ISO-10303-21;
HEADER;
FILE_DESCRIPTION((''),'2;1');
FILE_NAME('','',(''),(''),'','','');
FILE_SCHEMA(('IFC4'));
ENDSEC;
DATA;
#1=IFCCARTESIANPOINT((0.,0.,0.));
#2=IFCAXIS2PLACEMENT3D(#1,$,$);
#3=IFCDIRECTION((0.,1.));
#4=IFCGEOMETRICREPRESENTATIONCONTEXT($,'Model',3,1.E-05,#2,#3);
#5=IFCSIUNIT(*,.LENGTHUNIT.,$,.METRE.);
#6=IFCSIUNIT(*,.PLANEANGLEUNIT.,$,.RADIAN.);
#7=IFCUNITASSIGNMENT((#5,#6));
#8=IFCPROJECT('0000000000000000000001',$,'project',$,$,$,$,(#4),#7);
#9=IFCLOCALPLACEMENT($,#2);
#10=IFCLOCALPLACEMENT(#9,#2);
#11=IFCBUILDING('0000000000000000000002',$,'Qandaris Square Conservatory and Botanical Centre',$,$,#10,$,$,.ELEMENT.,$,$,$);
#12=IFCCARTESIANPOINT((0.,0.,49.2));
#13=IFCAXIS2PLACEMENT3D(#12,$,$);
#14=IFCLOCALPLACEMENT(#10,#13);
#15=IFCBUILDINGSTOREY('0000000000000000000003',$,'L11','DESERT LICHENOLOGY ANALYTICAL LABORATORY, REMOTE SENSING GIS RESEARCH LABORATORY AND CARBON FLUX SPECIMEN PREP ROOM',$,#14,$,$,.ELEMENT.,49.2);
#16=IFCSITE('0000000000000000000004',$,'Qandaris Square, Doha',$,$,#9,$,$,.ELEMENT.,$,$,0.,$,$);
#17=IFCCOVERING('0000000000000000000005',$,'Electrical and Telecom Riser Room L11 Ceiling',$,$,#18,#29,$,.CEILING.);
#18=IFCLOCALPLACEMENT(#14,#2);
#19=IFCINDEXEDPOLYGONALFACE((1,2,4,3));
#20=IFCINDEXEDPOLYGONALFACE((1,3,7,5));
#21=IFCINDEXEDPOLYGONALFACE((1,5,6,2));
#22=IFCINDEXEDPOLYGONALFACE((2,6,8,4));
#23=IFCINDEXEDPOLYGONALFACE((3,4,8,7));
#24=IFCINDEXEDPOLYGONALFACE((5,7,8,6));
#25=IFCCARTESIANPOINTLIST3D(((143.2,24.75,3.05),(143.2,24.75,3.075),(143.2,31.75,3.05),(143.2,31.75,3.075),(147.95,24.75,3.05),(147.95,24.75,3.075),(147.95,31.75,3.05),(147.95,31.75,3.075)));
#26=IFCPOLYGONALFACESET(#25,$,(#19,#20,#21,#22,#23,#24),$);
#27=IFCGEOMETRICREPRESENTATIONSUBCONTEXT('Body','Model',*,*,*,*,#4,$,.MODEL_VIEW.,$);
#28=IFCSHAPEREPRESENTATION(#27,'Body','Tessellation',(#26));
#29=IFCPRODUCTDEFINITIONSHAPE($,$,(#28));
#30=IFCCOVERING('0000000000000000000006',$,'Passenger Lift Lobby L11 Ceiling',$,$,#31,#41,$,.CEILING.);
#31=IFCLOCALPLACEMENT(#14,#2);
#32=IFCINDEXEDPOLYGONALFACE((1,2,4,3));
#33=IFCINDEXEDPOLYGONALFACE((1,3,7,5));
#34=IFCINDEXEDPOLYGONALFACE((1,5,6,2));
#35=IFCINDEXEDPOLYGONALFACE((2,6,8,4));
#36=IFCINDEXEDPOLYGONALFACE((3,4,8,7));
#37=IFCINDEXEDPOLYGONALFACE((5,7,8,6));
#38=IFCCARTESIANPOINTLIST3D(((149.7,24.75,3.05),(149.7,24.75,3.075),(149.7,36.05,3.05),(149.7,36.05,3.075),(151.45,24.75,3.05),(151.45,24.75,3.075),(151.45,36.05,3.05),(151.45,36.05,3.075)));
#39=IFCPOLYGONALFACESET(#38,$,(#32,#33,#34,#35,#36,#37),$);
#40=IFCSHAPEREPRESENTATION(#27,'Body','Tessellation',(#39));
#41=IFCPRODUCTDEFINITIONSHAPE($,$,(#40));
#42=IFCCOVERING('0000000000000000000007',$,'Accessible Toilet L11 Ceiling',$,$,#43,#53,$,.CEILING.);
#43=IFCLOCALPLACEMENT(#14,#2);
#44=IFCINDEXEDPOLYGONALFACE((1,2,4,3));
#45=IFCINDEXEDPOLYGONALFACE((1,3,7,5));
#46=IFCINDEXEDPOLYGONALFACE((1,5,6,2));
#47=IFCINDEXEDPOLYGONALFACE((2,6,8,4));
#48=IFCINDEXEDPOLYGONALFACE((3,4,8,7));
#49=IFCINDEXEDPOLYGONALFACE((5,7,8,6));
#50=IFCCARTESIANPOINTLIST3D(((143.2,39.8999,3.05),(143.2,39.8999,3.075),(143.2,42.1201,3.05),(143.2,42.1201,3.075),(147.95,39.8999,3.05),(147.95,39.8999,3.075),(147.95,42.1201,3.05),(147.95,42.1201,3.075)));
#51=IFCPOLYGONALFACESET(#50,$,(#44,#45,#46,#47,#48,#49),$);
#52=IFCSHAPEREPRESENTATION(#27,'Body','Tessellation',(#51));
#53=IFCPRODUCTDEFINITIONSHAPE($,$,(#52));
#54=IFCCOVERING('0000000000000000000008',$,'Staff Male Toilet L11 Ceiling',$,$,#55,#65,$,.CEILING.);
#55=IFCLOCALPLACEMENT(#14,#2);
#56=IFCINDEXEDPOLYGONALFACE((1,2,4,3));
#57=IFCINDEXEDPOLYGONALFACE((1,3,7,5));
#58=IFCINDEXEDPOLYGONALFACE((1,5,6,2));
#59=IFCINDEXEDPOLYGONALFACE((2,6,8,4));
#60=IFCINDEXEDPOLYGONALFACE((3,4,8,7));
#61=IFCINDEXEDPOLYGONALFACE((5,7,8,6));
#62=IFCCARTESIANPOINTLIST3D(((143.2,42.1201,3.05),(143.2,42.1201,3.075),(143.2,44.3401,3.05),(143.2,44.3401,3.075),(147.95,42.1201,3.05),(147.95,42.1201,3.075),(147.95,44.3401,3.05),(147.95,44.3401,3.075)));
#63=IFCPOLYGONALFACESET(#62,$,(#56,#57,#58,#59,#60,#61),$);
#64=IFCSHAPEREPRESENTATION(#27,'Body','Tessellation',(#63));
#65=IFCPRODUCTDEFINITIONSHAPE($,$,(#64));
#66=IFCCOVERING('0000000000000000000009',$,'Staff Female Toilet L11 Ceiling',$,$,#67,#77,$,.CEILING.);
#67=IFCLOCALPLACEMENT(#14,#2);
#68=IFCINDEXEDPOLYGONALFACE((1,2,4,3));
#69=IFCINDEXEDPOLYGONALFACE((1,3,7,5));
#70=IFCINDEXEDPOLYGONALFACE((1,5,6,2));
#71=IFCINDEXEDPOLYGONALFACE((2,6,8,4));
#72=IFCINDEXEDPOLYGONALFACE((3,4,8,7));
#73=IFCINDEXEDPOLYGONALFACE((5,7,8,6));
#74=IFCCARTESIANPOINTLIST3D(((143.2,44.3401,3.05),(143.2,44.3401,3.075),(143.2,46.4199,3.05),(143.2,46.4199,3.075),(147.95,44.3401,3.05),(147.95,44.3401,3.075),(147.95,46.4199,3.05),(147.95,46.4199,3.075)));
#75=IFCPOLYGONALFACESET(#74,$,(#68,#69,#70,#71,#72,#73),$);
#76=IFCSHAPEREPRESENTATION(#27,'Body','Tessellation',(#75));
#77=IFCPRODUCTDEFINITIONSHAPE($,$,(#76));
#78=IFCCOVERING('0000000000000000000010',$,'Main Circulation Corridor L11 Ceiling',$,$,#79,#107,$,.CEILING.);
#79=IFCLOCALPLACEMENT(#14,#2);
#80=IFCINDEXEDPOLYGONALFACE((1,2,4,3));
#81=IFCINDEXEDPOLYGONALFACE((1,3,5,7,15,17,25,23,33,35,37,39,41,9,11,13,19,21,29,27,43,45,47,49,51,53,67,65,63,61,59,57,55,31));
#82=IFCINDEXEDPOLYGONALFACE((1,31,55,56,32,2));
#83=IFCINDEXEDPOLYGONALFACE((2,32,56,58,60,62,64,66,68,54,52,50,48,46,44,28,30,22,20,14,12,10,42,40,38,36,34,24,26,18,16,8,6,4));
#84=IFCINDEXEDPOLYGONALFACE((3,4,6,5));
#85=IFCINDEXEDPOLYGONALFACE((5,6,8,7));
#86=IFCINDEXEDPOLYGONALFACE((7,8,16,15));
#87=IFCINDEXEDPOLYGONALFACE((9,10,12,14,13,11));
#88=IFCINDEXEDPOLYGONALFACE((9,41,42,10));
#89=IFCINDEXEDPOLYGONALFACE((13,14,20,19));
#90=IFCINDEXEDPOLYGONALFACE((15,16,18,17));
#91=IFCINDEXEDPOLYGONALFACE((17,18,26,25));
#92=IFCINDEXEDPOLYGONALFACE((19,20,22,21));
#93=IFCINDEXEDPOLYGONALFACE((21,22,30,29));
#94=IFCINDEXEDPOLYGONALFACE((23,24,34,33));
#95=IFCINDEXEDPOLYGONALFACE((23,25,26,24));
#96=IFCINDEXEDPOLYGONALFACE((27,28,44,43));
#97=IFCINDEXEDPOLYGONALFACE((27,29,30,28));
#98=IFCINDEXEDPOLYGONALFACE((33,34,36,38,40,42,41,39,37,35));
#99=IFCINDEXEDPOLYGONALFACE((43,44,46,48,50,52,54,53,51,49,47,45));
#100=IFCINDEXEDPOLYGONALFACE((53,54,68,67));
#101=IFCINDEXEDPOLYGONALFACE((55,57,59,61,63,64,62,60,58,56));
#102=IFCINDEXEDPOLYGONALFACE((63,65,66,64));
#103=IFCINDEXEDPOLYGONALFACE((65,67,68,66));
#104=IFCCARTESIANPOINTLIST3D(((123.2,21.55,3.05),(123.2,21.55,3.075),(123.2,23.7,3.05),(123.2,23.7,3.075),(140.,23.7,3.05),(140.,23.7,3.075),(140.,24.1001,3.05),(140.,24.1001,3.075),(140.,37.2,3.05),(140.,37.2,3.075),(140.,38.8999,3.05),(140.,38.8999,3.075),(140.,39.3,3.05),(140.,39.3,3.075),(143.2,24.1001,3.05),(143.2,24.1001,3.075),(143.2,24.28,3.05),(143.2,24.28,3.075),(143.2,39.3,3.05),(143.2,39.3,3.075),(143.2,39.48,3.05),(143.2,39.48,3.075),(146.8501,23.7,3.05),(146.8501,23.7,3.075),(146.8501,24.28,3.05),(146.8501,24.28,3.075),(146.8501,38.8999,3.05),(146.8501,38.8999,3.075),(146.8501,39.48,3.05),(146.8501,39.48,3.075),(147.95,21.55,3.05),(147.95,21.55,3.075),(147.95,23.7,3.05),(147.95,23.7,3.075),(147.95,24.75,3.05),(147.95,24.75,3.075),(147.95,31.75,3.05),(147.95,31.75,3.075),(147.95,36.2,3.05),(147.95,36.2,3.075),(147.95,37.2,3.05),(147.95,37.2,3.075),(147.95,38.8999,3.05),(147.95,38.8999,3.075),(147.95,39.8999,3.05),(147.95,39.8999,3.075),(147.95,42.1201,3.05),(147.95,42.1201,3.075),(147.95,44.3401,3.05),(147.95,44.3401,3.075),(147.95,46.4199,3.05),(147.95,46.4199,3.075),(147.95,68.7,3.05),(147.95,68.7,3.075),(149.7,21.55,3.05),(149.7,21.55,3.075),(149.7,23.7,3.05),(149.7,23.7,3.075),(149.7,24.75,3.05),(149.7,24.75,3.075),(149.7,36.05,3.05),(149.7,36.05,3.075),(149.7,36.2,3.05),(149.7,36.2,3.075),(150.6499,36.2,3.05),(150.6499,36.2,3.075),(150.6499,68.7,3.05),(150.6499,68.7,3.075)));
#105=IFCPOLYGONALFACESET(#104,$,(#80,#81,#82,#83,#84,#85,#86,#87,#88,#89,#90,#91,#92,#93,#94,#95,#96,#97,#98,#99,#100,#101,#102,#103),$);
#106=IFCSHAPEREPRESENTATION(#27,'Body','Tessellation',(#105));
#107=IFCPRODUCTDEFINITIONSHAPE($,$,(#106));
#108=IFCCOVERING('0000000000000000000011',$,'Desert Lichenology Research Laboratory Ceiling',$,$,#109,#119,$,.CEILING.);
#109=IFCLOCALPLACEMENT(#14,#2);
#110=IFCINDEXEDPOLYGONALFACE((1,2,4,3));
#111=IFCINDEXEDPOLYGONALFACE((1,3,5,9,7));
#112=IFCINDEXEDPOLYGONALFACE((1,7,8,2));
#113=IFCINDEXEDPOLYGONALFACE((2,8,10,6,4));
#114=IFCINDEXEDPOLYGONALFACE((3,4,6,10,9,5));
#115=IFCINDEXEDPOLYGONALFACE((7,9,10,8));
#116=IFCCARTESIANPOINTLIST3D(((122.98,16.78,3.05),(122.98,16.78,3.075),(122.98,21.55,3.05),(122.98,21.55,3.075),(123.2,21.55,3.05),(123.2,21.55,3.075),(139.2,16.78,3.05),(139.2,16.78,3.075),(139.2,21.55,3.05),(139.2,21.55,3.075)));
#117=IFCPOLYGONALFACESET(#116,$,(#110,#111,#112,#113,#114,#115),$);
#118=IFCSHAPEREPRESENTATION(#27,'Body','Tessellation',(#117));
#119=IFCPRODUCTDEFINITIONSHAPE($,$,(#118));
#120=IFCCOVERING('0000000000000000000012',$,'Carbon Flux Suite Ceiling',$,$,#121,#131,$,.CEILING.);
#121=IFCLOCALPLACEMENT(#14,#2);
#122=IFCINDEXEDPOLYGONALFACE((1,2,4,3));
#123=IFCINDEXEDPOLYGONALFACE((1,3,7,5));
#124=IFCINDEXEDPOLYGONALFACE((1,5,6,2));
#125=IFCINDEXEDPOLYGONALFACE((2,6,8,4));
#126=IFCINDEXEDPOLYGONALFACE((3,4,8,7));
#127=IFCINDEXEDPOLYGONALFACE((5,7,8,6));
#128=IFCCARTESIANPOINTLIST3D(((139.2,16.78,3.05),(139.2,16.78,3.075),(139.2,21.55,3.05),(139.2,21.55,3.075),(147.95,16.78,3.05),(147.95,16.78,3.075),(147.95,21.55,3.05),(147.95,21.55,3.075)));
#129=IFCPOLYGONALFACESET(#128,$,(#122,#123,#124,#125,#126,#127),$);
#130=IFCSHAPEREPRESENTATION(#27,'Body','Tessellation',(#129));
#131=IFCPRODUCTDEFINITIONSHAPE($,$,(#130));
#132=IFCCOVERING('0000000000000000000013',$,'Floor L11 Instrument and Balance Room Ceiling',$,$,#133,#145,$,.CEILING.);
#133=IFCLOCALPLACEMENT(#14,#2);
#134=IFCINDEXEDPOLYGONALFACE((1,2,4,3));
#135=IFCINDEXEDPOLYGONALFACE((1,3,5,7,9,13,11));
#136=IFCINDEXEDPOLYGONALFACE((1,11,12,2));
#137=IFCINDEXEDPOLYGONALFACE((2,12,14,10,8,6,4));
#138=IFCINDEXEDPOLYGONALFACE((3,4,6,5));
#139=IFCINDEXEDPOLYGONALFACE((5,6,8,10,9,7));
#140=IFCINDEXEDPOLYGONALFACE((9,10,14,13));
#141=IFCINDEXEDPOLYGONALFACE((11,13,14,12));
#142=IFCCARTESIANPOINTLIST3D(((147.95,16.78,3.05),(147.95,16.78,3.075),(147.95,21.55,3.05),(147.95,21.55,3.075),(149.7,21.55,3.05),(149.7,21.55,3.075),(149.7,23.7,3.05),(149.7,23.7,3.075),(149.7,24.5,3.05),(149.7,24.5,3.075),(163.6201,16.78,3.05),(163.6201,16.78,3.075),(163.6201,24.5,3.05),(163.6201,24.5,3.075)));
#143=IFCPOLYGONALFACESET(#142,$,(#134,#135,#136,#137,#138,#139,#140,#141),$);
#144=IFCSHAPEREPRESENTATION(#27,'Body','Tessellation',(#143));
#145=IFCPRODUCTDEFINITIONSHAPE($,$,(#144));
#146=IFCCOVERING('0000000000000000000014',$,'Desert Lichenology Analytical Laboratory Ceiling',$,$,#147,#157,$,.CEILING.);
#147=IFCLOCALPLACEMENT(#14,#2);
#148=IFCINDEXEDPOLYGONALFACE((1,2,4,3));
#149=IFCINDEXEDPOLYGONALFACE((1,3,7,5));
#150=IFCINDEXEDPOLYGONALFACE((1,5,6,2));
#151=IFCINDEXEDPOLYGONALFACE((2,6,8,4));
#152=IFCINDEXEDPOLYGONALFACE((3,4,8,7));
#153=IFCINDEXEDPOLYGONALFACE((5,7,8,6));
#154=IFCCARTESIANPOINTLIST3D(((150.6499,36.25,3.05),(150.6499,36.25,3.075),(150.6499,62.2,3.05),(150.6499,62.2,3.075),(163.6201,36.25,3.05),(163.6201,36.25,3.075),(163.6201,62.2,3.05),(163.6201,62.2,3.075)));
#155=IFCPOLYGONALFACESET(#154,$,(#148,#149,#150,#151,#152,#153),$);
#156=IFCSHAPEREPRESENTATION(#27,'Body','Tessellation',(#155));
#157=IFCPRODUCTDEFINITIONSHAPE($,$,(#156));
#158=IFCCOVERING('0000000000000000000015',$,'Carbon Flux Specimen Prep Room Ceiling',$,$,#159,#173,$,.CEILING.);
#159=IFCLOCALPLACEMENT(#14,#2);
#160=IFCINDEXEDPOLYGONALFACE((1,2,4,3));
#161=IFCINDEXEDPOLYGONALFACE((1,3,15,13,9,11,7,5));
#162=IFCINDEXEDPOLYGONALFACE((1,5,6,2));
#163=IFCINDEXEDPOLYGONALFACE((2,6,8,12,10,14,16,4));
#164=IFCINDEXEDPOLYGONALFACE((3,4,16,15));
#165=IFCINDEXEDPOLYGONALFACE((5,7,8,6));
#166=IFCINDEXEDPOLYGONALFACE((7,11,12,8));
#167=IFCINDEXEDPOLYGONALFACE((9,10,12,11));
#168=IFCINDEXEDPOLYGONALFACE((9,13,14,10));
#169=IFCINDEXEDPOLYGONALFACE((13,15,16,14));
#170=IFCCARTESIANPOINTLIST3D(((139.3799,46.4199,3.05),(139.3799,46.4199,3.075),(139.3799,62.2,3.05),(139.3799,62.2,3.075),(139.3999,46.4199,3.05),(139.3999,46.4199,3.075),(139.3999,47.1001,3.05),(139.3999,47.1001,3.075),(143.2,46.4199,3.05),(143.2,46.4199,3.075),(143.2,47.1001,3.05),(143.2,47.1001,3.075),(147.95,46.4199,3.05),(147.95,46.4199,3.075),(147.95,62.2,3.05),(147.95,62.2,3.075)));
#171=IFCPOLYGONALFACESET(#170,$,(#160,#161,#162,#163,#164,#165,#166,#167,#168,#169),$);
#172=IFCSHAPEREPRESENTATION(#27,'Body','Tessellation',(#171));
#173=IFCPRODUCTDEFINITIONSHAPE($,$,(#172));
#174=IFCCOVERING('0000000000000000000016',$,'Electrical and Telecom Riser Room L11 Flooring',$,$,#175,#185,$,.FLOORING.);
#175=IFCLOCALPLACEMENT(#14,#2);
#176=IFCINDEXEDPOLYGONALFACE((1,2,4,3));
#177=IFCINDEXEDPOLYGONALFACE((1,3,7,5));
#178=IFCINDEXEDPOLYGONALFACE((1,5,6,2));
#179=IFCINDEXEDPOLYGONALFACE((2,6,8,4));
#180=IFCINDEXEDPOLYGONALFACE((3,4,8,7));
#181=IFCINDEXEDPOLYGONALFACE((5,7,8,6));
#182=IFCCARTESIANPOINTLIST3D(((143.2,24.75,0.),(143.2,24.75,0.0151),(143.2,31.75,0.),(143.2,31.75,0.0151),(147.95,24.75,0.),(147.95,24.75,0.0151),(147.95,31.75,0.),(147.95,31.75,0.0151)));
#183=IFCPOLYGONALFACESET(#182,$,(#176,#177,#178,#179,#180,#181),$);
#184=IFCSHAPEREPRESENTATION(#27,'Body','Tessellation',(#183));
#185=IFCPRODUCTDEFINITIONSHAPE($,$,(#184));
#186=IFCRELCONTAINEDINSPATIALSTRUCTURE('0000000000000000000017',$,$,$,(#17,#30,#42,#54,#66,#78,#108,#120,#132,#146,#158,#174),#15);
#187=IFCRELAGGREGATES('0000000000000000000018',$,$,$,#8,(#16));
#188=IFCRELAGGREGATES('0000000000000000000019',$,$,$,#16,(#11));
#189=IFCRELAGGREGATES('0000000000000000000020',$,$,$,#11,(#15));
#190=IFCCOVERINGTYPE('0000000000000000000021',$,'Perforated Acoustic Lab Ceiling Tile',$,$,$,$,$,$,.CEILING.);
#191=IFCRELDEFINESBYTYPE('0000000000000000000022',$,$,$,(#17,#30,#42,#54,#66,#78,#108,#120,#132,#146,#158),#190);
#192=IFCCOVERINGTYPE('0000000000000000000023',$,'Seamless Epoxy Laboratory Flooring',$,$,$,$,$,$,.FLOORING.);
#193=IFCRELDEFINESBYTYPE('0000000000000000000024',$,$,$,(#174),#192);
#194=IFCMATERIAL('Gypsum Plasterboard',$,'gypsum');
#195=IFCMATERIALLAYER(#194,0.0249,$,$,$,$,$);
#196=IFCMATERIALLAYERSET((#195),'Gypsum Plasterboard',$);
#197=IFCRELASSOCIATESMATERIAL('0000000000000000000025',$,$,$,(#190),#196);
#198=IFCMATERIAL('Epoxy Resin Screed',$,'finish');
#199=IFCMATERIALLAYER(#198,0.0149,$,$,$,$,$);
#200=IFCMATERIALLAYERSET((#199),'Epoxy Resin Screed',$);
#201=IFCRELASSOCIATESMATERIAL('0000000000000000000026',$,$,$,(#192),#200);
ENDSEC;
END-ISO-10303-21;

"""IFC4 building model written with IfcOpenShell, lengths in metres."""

from ifc_helpers import new_model, si_unit, direction, frame, origin, place, context, subcontext, project, spatial, polyline, outline, extrude, material, layer, layer_set, type_object, element, save


model = new_model("IFC4")

# Units and contexts
model_context = context("Model", 3, precision=1e-05, world=origin(), true_north=direction((0.0, 1.0)))
body_context = subcontext(model_context, "Body", "Model", "MODEL_VIEW")
ifc_project = project(units=[si_unit("LENGTHUNIT", "METRE"), si_unit("PLANEANGLEUNIT", "RADIAN")], contexts=[model_context])

# Site, building, storey
site_placement = place(None, origin())
site = spatial("IfcSite", under=ifc_project, at=site_placement, Name="Qandaris Square, Doha", CompositionType="ELEMENT", RefElevation=0.0)
building_placement = place(site_placement, origin())
building = spatial("IfcBuilding", under=site, at=building_placement, Name="Qandaris Square Conservatory and Botanical Centre", CompositionType="ELEMENT")
storey_placement = place(building_placement, frame((0.0, 0.0, 49.2)))
storey = spatial("IfcBuildingStorey", under=building, at=storey_placement, Name="L11", Description="DESERT LICHENOLOGY ANALYTICAL LABORATORY, REMOTE SENSING GIS RESEARCH LABORATORY AND CARBON FLUX SPECIMEN PREP ROOM", CompositionType="ELEMENT", Elevation=49.2)

# Coverings
ifc_material_1 = material(Name="Gypsum Plasterboard", Category="gypsum")
ifc_layer_1 = layer(ifc_material_1, 0.0249)
ifc_layer_set_1 = layer_set([ifc_layer_1], Name="Gypsum Plasterboard")
covering_type_1 = type_object("IfcCoveringType", Name="Perforated Acoustic Lab Ceiling Tile", PredefinedType="CEILING", material=ifc_layer_set_1)
covering_1_placement = place(storey_placement, frame((0.0, 0.0, 3.05)))
element("IfcCovering", 1, at=covering_1_placement, inside=storey, type_object=covering_type_1, Name="Electrical and Telecom Riser Room L11 Ceiling", PredefinedType="CEILING", context=body_context, shape_type="SweptSolid", body=[
    extrude(outline(polyline([(147.95, 31.75), (147.95, 24.75), (143.2, 24.75), (143.2, 31.75), (147.95, 31.75)])), origin(), (0.0, 0.0, 1.0), 0.0249),
])
covering_2_placement = place(storey_placement, frame((0.0, 0.0, 3.05)))
element("IfcCovering", 2, at=covering_2_placement, inside=storey, type_object=covering_type_1, Name="Passenger Lift Lobby L11 Ceiling", PredefinedType="CEILING", context=body_context, shape_type="SweptSolid", body=[
    extrude(outline(polyline([(149.7, 36.05), (151.45, 36.05), (151.45, 24.75), (149.7, 24.75), (149.7, 36.05)])), origin(), (0.0, 0.0, 1.0), 0.0249),
])
covering_3_placement = place(storey_placement, frame((0.0, 0.0, 3.05)))
element("IfcCovering", 3, at=covering_3_placement, inside=storey, type_object=covering_type_1, Name="Accessible Toilet L11 Ceiling", PredefinedType="CEILING", context=body_context, shape_type="SweptSolid", body=[
    extrude(outline(polyline([(147.95, 42.1201), (147.95, 39.8999), (143.2, 39.8999), (143.2, 42.1201), (147.95, 42.1201)])), origin(), (0.0, 0.0, 1.0), 0.0249),
])
covering_4_placement = place(storey_placement, frame((0.0, 0.0, 3.05)))
element("IfcCovering", 4, at=covering_4_placement, inside=storey, type_object=covering_type_1, Name="Staff Male Toilet L11 Ceiling", PredefinedType="CEILING", context=body_context, shape_type="SweptSolid", body=[
    extrude(outline(polyline([(147.95, 44.3401), (147.95, 42.1201), (143.2, 42.1201), (143.2, 44.3401), (147.95, 44.3401)])), origin(), (0.0, 0.0, 1.0), 0.0249),
])
covering_5_placement = place(storey_placement, frame((0.0, 0.0, 3.05)))
element("IfcCovering", 5, at=covering_5_placement, inside=storey, type_object=covering_type_1, Name="Staff Female Toilet L11 Ceiling", PredefinedType="CEILING", context=body_context, shape_type="SweptSolid", body=[
    extrude(outline(polyline([(147.95, 46.4199), (147.95, 44.3401), (143.2, 44.3401), (143.2, 46.4199), (147.95, 46.4199)])), origin(), (0.0, 0.0, 1.0), 0.0249),
])
covering_6_placement = place(storey_placement, frame((0.0, 0.0, 3.05)))
element("IfcCovering", 6, at=covering_6_placement, inside=storey, type_object=covering_type_1, Name="Main Circulation Corridor L11 Ceiling", PredefinedType="CEILING", context=body_context, shape_type="SweptSolid", body=[
    extrude(outline(polyline([(140.0, 24.1001), (143.2, 24.1001), (143.2, 24.28), (146.8501, 24.28), (146.8501, 23.7), (147.95, 23.7), (147.95, 24.75), (147.95, 31.75), (147.95, 36.2), (147.95, 37.2), (140.0, 37.2), (140.0, 38.8999), (140.0, 39.3), (143.2, 39.3), (143.2, 39.48), (146.8501, 39.48), (146.8501, 38.8999), (147.95, 38.8999), (147.95, 39.8999), (147.95, 42.1201), (147.95, 44.3401), (147.95, 46.4199), (147.95, 68.7), (150.6499, 68.7), (150.6499, 36.2), (149.7, 36.2), (149.7, 36.05), (149.7, 24.75), (149.7, 23.7), (149.7, 21.55), (147.95, 21.55), (123.2, 21.55), (123.2, 23.7), (140.0, 23.7), (140.0, 24.1001)])), origin(), (0.0, 0.0, 1.0), 0.0249),
])
covering_7_placement = place(storey_placement, frame((0.0, 0.0, 3.05)))
element("IfcCovering", 7, at=covering_7_placement, inside=storey, type_object=covering_type_1, Name="Desert Lichenology Research Laboratory Ceiling", PredefinedType="CEILING", context=body_context, shape_type="SweptSolid", body=[
    extrude(outline(polyline([(123.2, 21.55), (139.2, 21.55), (139.2, 16.78), (122.98, 16.78), (122.98, 21.55), (123.2, 21.55)])), origin(), (0.0, 0.0, 1.0), 0.0249),
])
covering_8_placement = place(storey_placement, frame((0.0, 0.0, 3.05)))
element("IfcCovering", 8, at=covering_8_placement, inside=storey, type_object=covering_type_1, Name="Carbon Flux Suite Ceiling", PredefinedType="CEILING", context=body_context, shape_type="SweptSolid", body=[
    extrude(outline(polyline([(147.95, 21.55), (147.95, 16.78), (139.2, 16.78), (139.2, 21.55), (147.95, 21.55)])), origin(), (0.0, 0.0, 1.0), 0.0249),
])
covering_9_placement = place(storey_placement, frame((0.0, 0.0, 3.05)))
element("IfcCovering", 9, at=covering_9_placement, inside=storey, type_object=covering_type_1, Name="Floor L11 Instrument and Balance Room Ceiling", PredefinedType="CEILING", context=body_context, shape_type="SweptSolid", body=[
    extrude(outline(polyline([(147.95, 21.55), (149.7, 21.55), (149.7, 23.7), (149.7, 24.5), (163.6201, 24.5), (163.6201, 16.78), (147.95, 16.78), (147.95, 21.55)])), origin(), (0.0, 0.0, 1.0), 0.0249),
])
covering_10_placement = place(storey_placement, frame((0.0, 0.0, 3.05)))
element("IfcCovering", 10, at=covering_10_placement, inside=storey, type_object=covering_type_1, Name="Desert Lichenology Analytical Laboratory Ceiling", PredefinedType="CEILING", context=body_context, shape_type="SweptSolid", body=[
    extrude(outline(polyline([(150.6499, 62.2), (163.6201, 62.2), (163.6201, 36.25), (150.6499, 36.25), (150.6499, 62.2)])), origin(), (0.0, 0.0, 1.0), 0.0249),
])
covering_11_placement = place(storey_placement, frame((0.0, 0.0, 3.05)))
element("IfcCovering", 11, at=covering_11_placement, inside=storey, type_object=covering_type_1, Name="Carbon Flux Specimen Prep Room Ceiling", PredefinedType="CEILING", context=body_context, shape_type="SweptSolid", body=[
    extrude(outline(polyline([(147.95, 46.4199), (143.2, 46.4199), (143.2, 47.1001), (139.3999, 47.1001), (139.3999, 46.4199), (139.3799, 46.4199), (139.3799, 62.2), (147.95, 62.2), (147.95, 46.4199)])), origin(), (0.0, 0.0, 1.0), 0.0249),
])
ifc_material_2 = material(Name="Epoxy Resin Screed", Category="finish")
ifc_layer_2 = layer(ifc_material_2, 0.0149)
ifc_layer_set_2 = layer_set([ifc_layer_2], Name="Epoxy Resin Screed")
covering_type_2 = type_object("IfcCoveringType", Name="Seamless Epoxy Laboratory Flooring", PredefinedType="FLOORING", material=ifc_layer_set_2)
covering_12_placement = place(storey_placement, origin())
element("IfcCovering", 12, at=covering_12_placement, inside=storey, type_object=covering_type_2, Name="Electrical and Telecom Riser Room L11 Flooring", PredefinedType="FLOORING", context=body_context, shape_type="SweptSolid", body=[
    extrude(outline(polyline([(147.95, 31.75), (147.95, 24.75), (143.2, 24.75), (143.2, 31.75), (147.95, 31.75)])), origin(), (0.0, 0.0, 1.0), 0.0151),
])

save(model, "model.ifc")
